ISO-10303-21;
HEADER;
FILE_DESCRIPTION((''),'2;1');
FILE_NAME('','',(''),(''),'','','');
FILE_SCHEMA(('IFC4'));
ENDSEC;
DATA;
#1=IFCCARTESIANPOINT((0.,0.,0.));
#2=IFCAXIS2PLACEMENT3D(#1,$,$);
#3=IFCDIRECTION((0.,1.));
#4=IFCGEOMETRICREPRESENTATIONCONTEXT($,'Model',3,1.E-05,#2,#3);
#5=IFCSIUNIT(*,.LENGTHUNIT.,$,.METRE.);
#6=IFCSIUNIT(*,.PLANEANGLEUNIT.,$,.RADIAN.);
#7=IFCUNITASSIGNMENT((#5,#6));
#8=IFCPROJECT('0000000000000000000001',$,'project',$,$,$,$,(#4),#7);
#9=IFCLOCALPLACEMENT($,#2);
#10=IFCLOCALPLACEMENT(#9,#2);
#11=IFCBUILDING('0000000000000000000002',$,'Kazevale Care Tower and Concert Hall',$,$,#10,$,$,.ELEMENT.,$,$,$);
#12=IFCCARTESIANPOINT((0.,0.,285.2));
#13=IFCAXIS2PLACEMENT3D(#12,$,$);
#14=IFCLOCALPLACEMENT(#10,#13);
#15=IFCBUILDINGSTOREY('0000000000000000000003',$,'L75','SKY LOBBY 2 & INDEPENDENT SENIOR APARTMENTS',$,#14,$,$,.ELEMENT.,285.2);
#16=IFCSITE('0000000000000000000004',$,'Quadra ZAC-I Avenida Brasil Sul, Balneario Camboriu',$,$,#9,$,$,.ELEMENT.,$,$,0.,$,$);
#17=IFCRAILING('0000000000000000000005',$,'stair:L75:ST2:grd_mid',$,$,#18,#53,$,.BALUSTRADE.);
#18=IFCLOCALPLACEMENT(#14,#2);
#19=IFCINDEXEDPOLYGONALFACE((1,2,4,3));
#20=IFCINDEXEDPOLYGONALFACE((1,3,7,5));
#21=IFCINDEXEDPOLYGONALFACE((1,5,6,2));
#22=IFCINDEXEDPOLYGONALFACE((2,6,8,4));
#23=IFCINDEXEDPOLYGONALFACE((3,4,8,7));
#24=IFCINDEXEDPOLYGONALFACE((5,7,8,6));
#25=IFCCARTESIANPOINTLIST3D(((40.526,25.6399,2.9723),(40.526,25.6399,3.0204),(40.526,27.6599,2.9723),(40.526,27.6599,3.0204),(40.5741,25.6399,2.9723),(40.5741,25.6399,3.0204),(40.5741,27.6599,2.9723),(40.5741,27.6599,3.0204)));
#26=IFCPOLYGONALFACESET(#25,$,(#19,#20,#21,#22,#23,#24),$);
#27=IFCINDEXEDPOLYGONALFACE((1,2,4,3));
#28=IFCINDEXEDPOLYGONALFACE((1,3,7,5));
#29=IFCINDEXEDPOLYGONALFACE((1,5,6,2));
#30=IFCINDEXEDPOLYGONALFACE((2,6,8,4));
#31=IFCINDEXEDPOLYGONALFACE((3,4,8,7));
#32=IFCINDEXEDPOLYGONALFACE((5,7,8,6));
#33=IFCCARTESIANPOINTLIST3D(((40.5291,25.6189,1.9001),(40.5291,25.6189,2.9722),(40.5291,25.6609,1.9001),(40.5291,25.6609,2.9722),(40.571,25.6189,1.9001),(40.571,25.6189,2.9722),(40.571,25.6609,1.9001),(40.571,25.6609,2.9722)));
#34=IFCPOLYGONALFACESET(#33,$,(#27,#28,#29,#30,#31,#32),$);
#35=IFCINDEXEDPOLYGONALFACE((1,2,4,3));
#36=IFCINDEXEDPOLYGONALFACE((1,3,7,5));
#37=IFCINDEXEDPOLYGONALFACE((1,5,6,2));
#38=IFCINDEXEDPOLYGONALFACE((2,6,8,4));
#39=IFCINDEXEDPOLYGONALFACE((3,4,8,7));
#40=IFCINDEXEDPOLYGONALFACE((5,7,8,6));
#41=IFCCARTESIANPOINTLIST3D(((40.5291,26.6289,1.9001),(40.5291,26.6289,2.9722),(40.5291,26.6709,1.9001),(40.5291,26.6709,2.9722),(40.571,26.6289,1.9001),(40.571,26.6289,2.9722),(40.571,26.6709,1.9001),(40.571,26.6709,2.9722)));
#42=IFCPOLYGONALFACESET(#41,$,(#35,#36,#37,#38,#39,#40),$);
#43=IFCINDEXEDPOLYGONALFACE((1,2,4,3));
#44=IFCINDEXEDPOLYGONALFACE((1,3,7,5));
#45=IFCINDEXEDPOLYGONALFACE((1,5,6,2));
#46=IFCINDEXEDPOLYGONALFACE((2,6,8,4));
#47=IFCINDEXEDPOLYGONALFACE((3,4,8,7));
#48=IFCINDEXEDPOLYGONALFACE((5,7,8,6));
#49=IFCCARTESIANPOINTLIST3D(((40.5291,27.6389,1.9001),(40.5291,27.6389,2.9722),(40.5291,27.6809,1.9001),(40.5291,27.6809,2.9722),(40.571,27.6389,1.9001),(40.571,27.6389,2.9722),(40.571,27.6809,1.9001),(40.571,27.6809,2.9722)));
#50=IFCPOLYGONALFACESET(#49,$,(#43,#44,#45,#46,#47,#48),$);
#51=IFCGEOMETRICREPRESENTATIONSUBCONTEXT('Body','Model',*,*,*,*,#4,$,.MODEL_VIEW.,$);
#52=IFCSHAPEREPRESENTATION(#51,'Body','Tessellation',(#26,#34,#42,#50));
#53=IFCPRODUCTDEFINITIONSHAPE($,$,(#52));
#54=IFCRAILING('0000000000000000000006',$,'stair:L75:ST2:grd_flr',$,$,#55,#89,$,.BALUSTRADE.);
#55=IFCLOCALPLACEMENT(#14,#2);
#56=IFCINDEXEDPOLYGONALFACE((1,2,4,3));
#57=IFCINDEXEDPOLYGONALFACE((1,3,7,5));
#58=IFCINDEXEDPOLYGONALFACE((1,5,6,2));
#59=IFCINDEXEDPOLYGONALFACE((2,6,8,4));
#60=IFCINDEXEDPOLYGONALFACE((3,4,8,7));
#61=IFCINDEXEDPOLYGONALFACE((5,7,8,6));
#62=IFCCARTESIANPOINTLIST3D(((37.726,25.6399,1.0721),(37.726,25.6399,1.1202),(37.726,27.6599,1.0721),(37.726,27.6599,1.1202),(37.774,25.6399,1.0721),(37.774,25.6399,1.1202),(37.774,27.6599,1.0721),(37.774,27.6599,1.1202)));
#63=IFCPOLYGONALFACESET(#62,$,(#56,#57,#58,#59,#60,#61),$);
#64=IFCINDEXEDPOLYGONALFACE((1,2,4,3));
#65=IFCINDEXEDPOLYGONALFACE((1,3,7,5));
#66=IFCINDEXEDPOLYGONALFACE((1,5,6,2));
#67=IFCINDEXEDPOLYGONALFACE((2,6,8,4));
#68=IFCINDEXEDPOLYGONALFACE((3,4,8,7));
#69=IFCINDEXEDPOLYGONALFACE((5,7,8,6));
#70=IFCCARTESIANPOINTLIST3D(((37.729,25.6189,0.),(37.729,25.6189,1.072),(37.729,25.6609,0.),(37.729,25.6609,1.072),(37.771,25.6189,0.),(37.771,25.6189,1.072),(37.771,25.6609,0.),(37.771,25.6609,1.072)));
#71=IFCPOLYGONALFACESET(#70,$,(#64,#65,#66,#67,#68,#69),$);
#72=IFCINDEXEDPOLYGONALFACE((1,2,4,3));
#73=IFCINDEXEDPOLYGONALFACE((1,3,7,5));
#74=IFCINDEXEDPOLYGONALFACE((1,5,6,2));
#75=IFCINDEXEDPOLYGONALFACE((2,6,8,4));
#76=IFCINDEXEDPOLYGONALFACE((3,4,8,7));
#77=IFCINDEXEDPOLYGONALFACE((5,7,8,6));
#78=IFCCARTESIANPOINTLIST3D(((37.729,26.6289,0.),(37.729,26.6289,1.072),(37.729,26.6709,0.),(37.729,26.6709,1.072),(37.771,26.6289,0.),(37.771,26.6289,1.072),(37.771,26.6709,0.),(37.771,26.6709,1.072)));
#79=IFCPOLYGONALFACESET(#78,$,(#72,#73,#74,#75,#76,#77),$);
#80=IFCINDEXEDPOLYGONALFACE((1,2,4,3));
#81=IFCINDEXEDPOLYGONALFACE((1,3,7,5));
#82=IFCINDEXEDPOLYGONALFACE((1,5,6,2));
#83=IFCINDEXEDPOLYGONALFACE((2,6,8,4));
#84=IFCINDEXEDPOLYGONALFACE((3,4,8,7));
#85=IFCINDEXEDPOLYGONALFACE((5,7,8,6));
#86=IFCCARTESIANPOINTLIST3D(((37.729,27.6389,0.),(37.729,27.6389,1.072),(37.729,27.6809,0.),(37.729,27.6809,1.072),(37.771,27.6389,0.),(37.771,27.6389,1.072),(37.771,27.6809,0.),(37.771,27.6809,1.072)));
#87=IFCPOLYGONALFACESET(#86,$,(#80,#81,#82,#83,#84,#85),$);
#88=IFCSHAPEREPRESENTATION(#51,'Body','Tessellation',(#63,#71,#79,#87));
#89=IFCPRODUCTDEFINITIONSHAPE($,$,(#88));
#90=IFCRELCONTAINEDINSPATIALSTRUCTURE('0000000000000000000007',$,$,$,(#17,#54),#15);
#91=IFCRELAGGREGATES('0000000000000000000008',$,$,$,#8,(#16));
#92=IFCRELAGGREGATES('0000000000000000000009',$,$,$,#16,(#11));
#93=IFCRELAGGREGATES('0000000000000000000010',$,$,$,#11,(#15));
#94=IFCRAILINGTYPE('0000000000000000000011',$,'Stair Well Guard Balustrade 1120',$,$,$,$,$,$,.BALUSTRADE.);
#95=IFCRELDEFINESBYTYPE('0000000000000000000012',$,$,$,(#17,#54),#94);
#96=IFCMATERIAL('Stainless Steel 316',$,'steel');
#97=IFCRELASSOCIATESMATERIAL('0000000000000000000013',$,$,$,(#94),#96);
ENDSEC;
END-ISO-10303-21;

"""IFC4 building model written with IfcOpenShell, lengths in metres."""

from ifc_helpers import new_model, si_unit, direction, frame, origin, origin_2d, place, context, subcontext, project, spatial, rectangle, extrude, material, type_object, element, save


model = new_model("IFC4")

# Units and contexts
model_context = context("Model", 3, precision=1e-05, world=origin(), true_north=direction((0.0, 1.0)))
body_context = subcontext(model_context, "Body", "Model", "MODEL_VIEW")
ifc_project = project(units=[si_unit("LENGTHUNIT", "METRE"), si_unit("PLANEANGLEUNIT", "RADIAN")], contexts=[model_context])

# Site, building, storey
site_placement = place(None, origin())
site = spatial("IfcSite", under=ifc_project, at=site_placement, Name="Quadra ZAC-I Avenida Brasil Sul, Balneario Camboriu", CompositionType="ELEMENT", RefElevation=0.0)
building_placement = place(site_placement, origin())
building = spatial("IfcBuilding", under=site, at=building_placement, Name="Kazevale Care Tower and Concert Hall", CompositionType="ELEMENT")
storey_placement = place(building_placement, frame((0.0, 0.0, 285.2)))
storey = spatial("IfcBuildingStorey", under=building, at=storey_placement, Name="L75", Description="SKY LOBBY 2 & INDEPENDENT SENIOR APARTMENTS", CompositionType="ELEMENT", Elevation=285.2)

# Railings
ifc_material_1 = material(Name="Stainless Steel 316", Category="steel")
railing_type_1 = type_object("IfcRailingType", Name="Stair Well Guard Balustrade 1120", PredefinedType="BALUSTRADE", material=ifc_material_1)
for number, where, name in (
    (1, (40.55, 25.6399, 1.9001), "stair:L75:ST2:grd_mid"),
    (2, (37.75, 25.6399, 0.0), "stair:L75:ST2:grd_flr"),
):
    element("IfcRailing", number, at=place(storey_placement, frame(where)), inside=storey, type_object=railing_type_1, Name=name, PredefinedType="BALUSTRADE", context=body_context, shape_type="SweptSolid", body=[
        extrude(rectangle(XDim=0.0481, YDim=0.0481, at=origin_2d()), frame((0.0, 0.0, 1.0962), z_axis=(0.0, 1.0, 0.0), x_axis=(-1.0, 0.0, 0.0)), (0.0, 0.0, 1.0), 2.02),
        extrude(rectangle(XDim=0.042, YDim=0.042, at=origin_2d()), origin(), (0.0, 0.0, 1.0), 1.072),
        extrude(rectangle(XDim=0.042, YDim=0.042, at=origin_2d()), frame((0.0, 1.01, 0.0)), (0.0, 0.0, 1.0), 1.072),
        extrude(rectangle(XDim=0.042, YDim=0.042, at=origin_2d()), frame((0.0, 2.02, 0.0)), (0.0, 0.0, 1.0), 1.072),
    ])

save(model, "model.ifc")
